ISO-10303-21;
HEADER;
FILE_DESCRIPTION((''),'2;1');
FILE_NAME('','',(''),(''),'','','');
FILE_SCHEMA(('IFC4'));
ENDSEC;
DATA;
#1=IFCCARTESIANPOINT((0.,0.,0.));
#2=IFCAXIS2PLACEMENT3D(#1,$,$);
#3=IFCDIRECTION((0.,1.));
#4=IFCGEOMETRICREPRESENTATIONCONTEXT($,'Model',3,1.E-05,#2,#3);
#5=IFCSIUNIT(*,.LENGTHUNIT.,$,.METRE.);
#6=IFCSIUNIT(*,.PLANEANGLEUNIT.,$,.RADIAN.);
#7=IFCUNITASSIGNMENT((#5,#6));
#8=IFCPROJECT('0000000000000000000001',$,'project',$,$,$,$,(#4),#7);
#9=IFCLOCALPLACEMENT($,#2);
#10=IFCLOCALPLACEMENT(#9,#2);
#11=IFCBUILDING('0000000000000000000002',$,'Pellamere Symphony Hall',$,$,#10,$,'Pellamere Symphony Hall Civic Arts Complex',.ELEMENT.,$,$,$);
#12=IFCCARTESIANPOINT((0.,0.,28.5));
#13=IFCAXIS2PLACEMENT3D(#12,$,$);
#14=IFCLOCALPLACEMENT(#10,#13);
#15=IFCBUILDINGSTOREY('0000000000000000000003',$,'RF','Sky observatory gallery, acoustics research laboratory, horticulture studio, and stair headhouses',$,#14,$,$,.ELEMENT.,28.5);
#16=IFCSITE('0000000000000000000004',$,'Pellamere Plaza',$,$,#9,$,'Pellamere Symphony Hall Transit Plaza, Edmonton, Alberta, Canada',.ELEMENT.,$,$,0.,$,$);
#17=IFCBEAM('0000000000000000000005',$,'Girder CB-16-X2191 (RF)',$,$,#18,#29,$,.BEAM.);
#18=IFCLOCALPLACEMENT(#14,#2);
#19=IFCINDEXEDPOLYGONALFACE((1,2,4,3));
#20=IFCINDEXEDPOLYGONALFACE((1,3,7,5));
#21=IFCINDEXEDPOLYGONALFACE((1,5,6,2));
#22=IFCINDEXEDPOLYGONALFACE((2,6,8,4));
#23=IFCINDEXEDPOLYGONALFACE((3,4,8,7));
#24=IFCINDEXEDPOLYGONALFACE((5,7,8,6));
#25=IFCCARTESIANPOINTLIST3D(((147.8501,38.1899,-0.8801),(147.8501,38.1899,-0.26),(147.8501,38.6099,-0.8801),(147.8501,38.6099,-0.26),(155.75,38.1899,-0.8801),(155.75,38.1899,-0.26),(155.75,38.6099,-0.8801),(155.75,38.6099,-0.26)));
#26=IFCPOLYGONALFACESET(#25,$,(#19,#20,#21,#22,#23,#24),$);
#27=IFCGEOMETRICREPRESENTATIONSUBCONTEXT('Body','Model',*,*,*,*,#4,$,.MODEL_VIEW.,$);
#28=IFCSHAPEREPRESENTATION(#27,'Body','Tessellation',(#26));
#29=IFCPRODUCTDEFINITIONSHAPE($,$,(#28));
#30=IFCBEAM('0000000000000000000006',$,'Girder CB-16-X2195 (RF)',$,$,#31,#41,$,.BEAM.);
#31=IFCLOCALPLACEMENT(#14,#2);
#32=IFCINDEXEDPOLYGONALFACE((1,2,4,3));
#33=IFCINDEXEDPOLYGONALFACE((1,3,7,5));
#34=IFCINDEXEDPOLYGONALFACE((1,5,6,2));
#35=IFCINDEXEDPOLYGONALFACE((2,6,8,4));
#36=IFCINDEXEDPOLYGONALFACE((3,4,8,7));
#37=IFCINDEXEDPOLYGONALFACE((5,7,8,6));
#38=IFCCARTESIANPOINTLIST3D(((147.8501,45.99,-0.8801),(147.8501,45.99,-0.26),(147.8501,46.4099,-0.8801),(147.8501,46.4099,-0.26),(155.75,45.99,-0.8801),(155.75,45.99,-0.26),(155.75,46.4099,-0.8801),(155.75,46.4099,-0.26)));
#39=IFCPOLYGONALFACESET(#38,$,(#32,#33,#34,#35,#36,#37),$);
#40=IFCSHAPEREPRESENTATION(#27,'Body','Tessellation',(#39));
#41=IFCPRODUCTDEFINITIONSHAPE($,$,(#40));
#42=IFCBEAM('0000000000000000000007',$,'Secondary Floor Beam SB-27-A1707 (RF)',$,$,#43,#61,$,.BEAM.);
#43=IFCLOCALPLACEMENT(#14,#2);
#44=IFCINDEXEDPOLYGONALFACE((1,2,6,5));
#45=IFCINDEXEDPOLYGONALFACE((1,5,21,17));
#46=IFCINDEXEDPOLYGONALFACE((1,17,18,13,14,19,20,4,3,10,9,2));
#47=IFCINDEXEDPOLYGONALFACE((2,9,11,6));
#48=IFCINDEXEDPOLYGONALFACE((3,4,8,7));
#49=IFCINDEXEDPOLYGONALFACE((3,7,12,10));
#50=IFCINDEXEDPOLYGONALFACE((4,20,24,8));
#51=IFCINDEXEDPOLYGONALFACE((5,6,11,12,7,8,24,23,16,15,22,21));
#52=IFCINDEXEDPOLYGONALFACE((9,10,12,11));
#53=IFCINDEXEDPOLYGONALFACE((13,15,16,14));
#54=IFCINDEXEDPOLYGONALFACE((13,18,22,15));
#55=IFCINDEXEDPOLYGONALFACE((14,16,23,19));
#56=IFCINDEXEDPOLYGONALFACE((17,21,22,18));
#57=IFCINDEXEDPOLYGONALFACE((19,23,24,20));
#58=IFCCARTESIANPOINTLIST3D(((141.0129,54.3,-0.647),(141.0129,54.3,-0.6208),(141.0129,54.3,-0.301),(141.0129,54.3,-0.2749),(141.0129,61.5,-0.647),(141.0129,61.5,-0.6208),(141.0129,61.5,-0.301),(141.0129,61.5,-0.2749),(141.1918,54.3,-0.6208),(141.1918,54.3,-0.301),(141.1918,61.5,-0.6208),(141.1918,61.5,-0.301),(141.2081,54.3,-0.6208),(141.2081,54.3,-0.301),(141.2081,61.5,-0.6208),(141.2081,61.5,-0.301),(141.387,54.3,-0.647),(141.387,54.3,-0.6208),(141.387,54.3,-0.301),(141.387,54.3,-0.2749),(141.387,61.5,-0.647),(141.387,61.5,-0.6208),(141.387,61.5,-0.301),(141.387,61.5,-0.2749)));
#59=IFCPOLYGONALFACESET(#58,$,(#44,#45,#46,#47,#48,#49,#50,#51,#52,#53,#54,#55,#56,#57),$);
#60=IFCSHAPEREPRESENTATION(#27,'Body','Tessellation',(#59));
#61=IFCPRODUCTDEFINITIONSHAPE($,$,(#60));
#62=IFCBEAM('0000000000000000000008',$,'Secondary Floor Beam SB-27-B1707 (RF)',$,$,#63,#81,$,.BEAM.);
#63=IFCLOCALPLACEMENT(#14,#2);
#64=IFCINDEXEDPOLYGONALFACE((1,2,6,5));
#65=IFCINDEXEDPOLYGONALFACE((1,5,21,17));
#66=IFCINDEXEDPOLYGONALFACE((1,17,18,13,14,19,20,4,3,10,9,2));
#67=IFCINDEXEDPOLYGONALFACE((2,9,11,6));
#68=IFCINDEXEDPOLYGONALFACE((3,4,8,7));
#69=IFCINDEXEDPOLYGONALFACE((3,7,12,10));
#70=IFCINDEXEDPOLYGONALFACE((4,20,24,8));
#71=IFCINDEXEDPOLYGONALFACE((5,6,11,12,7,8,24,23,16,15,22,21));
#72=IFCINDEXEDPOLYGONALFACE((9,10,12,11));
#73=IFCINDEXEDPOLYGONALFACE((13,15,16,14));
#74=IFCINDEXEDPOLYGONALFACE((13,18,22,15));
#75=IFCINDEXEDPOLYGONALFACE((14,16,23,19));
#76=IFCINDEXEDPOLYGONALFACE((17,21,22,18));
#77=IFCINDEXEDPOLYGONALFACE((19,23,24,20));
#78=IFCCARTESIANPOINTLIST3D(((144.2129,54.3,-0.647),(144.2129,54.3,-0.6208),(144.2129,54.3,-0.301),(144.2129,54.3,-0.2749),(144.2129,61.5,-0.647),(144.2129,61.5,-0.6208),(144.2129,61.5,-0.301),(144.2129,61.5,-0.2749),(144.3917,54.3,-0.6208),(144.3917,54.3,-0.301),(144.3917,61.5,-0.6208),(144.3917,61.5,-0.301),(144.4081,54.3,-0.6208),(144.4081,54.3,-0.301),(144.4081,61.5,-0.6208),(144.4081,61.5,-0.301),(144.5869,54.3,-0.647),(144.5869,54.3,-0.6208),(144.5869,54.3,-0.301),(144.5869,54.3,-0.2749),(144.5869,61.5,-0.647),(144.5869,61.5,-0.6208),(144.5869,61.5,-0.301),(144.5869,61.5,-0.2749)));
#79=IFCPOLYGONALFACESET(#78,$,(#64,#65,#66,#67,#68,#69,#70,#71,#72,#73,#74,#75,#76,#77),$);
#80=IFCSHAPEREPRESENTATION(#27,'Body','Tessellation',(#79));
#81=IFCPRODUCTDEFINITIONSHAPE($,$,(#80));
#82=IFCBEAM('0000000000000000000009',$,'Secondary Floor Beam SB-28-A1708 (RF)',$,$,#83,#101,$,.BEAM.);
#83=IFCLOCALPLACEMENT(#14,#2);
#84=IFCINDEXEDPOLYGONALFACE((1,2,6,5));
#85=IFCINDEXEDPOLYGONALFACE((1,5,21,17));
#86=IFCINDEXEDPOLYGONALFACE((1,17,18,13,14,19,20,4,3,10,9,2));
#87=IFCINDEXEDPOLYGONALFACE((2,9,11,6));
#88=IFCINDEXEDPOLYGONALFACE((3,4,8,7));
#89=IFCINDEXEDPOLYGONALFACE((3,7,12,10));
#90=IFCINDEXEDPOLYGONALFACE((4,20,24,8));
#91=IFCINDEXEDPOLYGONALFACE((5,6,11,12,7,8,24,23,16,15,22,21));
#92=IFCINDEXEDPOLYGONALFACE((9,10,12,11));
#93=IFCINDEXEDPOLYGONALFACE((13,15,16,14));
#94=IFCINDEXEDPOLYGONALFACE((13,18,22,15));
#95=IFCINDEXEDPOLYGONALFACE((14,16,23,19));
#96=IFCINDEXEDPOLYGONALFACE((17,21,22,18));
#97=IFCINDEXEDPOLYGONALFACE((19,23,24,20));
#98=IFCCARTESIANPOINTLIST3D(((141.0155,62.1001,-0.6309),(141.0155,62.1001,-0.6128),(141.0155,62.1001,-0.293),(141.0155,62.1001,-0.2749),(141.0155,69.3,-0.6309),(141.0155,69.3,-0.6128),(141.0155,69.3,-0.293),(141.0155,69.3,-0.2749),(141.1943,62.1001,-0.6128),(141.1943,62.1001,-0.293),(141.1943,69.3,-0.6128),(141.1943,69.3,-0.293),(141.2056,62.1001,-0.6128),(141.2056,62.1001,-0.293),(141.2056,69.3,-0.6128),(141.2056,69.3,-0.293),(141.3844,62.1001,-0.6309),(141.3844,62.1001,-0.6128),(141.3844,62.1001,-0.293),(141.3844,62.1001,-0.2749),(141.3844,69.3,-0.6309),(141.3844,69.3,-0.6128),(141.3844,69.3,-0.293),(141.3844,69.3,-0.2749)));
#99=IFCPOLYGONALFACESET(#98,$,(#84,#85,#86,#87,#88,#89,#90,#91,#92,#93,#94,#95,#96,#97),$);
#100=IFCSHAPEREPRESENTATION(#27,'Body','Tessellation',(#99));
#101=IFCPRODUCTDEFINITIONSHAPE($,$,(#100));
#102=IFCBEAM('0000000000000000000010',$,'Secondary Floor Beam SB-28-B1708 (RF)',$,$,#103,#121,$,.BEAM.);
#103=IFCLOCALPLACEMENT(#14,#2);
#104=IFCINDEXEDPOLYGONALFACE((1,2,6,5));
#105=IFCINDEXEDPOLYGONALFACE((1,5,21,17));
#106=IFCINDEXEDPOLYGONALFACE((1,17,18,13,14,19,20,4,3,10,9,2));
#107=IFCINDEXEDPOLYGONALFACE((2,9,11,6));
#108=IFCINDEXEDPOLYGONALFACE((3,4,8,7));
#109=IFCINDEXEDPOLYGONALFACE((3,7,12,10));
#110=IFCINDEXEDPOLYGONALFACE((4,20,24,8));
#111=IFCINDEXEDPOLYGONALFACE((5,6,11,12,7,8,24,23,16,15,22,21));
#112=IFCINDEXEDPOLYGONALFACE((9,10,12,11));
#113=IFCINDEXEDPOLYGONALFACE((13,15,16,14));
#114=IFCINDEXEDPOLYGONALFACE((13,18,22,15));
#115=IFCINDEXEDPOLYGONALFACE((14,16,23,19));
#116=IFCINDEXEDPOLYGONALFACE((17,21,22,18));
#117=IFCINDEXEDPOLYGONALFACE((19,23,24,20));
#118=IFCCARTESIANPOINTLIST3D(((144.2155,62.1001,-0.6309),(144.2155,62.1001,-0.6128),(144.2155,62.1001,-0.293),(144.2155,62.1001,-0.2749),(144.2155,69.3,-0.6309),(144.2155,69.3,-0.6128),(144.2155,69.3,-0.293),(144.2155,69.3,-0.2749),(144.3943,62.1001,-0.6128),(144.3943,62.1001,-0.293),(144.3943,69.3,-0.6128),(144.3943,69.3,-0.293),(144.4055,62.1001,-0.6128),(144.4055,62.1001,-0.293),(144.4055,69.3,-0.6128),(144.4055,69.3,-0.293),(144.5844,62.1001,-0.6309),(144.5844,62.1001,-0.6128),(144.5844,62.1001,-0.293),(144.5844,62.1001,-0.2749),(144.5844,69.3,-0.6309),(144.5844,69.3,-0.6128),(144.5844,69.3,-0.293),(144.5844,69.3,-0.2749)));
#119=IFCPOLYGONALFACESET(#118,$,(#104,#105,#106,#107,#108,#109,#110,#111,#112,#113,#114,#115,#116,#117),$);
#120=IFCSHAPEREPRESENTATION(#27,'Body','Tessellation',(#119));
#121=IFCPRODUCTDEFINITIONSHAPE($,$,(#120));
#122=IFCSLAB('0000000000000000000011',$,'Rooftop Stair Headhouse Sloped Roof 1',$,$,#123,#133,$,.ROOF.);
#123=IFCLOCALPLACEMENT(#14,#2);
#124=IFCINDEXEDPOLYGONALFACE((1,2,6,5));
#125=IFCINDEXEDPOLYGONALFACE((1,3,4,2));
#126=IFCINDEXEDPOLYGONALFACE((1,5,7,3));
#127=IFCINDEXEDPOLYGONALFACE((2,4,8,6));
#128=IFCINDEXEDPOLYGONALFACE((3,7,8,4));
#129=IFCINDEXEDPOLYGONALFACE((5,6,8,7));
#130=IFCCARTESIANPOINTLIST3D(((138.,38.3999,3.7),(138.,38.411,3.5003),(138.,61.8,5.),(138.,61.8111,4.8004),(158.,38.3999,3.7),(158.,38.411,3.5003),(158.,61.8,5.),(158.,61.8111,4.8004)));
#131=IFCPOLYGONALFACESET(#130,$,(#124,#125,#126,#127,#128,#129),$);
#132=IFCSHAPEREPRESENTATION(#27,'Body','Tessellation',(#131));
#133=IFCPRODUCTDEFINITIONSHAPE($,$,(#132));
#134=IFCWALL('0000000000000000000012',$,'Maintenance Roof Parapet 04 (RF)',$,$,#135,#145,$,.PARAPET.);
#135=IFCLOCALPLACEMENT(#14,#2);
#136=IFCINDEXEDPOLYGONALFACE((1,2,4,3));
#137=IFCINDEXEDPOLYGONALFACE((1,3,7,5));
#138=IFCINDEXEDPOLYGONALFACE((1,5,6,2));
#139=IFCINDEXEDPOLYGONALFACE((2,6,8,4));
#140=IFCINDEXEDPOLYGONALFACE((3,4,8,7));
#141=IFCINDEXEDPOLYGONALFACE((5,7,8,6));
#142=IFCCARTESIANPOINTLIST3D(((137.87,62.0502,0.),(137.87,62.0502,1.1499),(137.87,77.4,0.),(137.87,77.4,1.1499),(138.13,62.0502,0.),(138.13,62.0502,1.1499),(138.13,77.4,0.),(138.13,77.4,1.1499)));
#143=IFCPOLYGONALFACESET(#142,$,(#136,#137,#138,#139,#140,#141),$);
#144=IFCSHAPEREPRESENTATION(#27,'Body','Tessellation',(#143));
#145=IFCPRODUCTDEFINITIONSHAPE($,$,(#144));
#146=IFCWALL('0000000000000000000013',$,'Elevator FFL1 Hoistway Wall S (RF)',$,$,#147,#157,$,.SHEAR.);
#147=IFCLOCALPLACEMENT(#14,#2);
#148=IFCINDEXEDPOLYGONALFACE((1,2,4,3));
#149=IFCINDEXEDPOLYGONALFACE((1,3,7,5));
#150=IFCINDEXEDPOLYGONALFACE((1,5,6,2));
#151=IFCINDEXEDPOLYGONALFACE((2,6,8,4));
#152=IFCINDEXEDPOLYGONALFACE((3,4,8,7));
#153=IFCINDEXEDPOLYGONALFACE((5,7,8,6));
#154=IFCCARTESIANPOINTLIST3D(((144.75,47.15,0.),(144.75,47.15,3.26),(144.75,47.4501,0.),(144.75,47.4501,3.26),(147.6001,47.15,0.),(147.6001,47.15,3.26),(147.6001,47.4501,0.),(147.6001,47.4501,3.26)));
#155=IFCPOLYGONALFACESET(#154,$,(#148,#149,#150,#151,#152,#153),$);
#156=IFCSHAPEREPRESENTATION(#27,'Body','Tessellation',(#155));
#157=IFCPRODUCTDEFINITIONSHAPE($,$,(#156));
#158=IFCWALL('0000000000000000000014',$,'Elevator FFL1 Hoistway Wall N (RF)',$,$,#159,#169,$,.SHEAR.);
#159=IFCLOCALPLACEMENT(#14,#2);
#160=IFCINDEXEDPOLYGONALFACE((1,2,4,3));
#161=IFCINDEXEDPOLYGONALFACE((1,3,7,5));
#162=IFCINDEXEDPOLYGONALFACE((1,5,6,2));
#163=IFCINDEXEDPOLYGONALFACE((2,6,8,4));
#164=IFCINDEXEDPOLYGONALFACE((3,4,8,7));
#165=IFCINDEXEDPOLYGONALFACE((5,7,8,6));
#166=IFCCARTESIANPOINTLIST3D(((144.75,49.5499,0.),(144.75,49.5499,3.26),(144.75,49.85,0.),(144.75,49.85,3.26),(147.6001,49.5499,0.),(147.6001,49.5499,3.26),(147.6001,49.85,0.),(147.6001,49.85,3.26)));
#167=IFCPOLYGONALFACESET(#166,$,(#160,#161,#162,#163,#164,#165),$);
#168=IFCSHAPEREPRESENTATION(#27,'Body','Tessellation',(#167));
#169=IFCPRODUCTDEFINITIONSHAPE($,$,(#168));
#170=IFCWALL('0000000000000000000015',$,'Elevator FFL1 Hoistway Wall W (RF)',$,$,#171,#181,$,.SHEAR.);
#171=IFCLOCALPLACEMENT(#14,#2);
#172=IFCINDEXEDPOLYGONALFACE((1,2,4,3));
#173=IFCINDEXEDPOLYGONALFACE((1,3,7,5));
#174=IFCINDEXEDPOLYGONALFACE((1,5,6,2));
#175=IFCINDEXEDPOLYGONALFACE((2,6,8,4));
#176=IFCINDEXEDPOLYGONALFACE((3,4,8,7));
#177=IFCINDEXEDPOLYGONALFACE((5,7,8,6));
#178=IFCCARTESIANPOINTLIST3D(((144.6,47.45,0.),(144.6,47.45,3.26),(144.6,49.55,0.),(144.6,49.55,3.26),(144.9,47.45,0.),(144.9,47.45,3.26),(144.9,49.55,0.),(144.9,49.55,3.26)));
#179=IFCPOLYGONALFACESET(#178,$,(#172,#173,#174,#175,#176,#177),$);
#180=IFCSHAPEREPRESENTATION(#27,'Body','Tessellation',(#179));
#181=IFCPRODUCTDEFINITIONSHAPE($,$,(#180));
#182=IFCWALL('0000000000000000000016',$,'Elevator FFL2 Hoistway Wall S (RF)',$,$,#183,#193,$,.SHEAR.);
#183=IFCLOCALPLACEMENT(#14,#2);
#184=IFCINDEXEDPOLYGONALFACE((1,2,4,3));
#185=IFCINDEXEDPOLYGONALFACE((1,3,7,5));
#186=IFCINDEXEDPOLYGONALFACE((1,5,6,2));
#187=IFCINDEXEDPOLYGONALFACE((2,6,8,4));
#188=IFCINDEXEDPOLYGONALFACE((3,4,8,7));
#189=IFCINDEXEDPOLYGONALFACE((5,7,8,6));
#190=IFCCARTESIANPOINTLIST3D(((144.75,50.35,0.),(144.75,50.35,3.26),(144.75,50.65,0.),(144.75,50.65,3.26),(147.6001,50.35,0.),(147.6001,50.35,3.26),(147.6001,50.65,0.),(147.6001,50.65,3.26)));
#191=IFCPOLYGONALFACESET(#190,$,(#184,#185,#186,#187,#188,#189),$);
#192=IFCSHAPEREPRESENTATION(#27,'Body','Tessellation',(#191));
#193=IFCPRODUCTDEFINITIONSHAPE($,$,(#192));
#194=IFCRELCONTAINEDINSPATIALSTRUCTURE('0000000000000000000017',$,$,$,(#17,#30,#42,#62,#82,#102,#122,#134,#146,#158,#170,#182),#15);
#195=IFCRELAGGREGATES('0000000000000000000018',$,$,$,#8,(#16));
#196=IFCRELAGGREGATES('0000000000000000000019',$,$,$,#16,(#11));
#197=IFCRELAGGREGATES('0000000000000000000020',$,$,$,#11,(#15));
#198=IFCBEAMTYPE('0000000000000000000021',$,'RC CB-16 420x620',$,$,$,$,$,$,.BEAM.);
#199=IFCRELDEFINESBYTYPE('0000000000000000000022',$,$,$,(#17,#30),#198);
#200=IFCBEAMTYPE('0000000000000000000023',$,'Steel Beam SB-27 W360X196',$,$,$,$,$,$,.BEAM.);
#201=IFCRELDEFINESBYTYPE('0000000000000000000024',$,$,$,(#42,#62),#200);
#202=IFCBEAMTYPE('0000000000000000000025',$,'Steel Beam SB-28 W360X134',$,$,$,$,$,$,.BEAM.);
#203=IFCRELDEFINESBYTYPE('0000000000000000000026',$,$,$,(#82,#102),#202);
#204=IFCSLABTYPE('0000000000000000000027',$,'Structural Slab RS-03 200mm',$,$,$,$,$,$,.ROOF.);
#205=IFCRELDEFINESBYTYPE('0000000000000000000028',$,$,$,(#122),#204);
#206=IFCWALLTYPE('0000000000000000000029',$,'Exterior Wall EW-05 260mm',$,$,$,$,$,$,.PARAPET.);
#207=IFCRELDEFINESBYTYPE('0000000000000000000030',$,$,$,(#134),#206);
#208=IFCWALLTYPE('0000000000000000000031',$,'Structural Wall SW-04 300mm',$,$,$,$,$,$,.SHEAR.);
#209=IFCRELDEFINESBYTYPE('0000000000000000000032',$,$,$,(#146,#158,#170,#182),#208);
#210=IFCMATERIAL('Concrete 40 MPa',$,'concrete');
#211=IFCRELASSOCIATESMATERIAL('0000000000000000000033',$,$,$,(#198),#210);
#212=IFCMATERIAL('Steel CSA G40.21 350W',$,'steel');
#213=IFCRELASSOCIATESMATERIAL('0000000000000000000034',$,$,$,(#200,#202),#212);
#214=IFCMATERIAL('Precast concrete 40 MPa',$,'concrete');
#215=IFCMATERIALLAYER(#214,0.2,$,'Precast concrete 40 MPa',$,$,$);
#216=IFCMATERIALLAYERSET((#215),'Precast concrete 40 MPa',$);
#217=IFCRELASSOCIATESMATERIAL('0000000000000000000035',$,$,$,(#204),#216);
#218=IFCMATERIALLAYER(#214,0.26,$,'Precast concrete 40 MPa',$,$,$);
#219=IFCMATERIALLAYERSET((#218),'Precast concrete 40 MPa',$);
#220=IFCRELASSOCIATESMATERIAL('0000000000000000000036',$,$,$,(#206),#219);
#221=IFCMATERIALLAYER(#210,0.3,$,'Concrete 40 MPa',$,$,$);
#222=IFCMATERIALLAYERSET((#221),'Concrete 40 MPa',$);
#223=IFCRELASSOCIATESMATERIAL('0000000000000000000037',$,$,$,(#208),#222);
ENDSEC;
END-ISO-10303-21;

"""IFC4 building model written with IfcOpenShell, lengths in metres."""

from ifc_helpers import new_model, si_unit, direction, frame, frame_2d, origin, origin_2d, place, context, subcontext, project, spatial, polyline, rectangle, i_section, outline, extrude, material, layer, layer_set, material_profile, profile_set, type_object, element, save


model = new_model("IFC4")

# Units and contexts
model_context = context("Model", 3, precision=1e-05, world=origin(), true_north=direction((0.0, 1.0)))
body_context = subcontext(model_context, "Body", "Model", "MODEL_VIEW")
ifc_project = project(units=[si_unit("LENGTHUNIT", "METRE"), si_unit("PLANEANGLEUNIT", "RADIAN")], contexts=[model_context])

# Site, building, storey
site_placement = place(None, origin())
site = spatial("IfcSite", under=ifc_project, at=site_placement, Name="Pellamere Plaza", LongName="Pellamere Symphony Hall Transit Plaza, Edmonton, Alberta, Canada", CompositionType="ELEMENT", RefElevation=0.0)
building_placement = place(site_placement, origin())
building = spatial("IfcBuilding", under=site, at=building_placement, Name="Pellamere Symphony Hall", LongName="Pellamere Symphony Hall Civic Arts Complex", CompositionType="ELEMENT")
storey_placement = place(building_placement, frame((0.0, 0.0, 28.5)))
storey = spatial("IfcBuildingStorey", under=building, at=storey_placement, Name="RF", Description="Sky observatory gallery, acoustics research laboratory, horticulture studio, and stair headhouses", CompositionType="ELEMENT", Elevation=28.5)

# Beams
ifc_material_1 = material(Name="Concrete 40 MPa", Category="concrete")
ifc_material_profile_1 = material_profile(ifc_material_1, rectangle(XDim=0.4199, YDim=0.6201, at=origin_2d()), Name="RC 420x620")
ifc_profile_set_1 = profile_set([ifc_material_profile_1], Name="Concrete 40 MPa")
beam_type_1 = type_object("IfcBeamType", Name="RC CB-16 420x620", PredefinedType="BEAM", material=ifc_profile_set_1)
for number, where, z_axis, x_axis, name in (
    (1, (147.8501, 38.3999, -0.5701), (1.0, 0.0, 0.0), (0.0, 1.0, 0.0), "Girder CB-16-X2191 (RF)"),
    (2, (147.8501, 46.2, -0.5701), (1.0, 0.0, 0.0), (0.0, 1.0, 0.0), "Girder CB-16-X2195 (RF)"),
):
    element("IfcBeam", number, at=place(storey_placement, frame(where, z_axis=z_axis, x_axis=x_axis)), inside=storey, type_object=beam_type_1, Name=name, PredefinedType="BEAM", context=body_context, shape_type="SweptSolid", body=[
        extrude(rectangle(XDim=0.4199, YDim=0.6201, at=origin_2d()), origin(), (0.0, 0.0, 1.0), 7.8999),
    ])
ifc_material_2 = material(Name="Steel CSA G40.21 350W", Category="steel")
ifc_material_profile_2 = material_profile(ifc_material_2, i_section(OverallWidth=0.374, OverallDepth=0.3721, WebThickness=0.0164, FlangeThickness=0.0261, at=origin_2d()), Name="W360X196")
ifc_profile_set_2 = profile_set([ifc_material_profile_2], Name="Steel CSA G40.21 350W")
beam_type_2 = type_object("IfcBeamType", Name="Steel Beam SB-27 W360X196", PredefinedType="BEAM", material=ifc_profile_set_2)
for number, where, z_axis, x_axis, name in (
    (3, (141.2, 54.3, -0.4609), (0.0, 1.0, 0.0), (-1.0, 0.0, 0.0), "Secondary Floor Beam SB-27-A1707 (RF)"),
    (4, (144.3999, 54.3, -0.4609), (0.0, 1.0, 0.0), (-1.0, 0.0, 0.0), "Secondary Floor Beam SB-27-B1707 (RF)"),
):
    element("IfcBeam", number, at=place(storey_placement, frame(where, z_axis=z_axis, x_axis=x_axis)), inside=storey, type_object=beam_type_2, Name=name, PredefinedType="BEAM", context=body_context, shape_type="SweptSolid", body=[
        extrude(i_section(OverallWidth=0.374, OverallDepth=0.3721, WebThickness=0.0164, FlangeThickness=0.0261, at=origin_2d()), origin(), (0.0, 0.0, 1.0), 7.2),
    ])
ifc_material_profile_3 = material_profile(ifc_material_2, i_section(OverallWidth=0.3689, OverallDepth=0.356, WebThickness=0.0112, FlangeThickness=0.0181, at=origin_2d()), Name="W360X134")
ifc_profile_set_3 = profile_set([ifc_material_profile_3], Name="Steel CSA G40.21 350W")
beam_type_3 = type_object("IfcBeamType", Name="Steel Beam SB-28 W360X134", PredefinedType="BEAM", material=ifc_profile_set_3)
for number, where, z_axis, x_axis, name in (
    (5, (141.2, 62.1001, -0.4529), (0.0, 1.0, 0.0), (-1.0, 0.0, 0.0), "Secondary Floor Beam SB-28-A1708 (RF)"),
    (6, (144.3999, 62.1001, -0.4529), (0.0, 1.0, 0.0), (-1.0, 0.0, 0.0), "Secondary Floor Beam SB-28-B1708 (RF)"),
):
    element("IfcBeam", number, at=place(storey_placement, frame(where, z_axis=z_axis, x_axis=x_axis)), inside=storey, type_object=beam_type_3, Name=name, PredefinedType="BEAM", context=body_context, shape_type="SweptSolid", body=[
        extrude(i_section(OverallWidth=0.3689, OverallDepth=0.356, WebThickness=0.0112, FlangeThickness=0.0181, at=origin_2d()), origin(), (0.0, 0.0, 1.0), 7.2),
    ])

# Slab
ifc_material_3 = material(Name="Precast concrete 40 MPa", Category="concrete")
ifc_layer_1 = layer(ifc_material_3, 0.2, Name="Precast concrete 40 MPa")
ifc_layer_set_1 = layer_set([ifc_layer_1], Name="Precast concrete 40 MPa")
slab_type = type_object("IfcSlabType", Name="Structural Slab RS-03 200mm", PredefinedType="ROOF", material=ifc_layer_set_1)
slab_placement = place(storey_placement, frame((138.0, 38.3999, 3.7), z_axis=(0.0, -0.055472, 0.99846), x_axis=(1.0, 0.0, 0.0)))
element("IfcSlab", 7, at=slab_placement, inside=storey, type_object=slab_type, Name="Rooftop Stair Headhouse Sloped Roof 1", PredefinedType="ROOF", context=body_context, shape_type="SweptSolid", body=[
    extrude(outline(polyline([(0.0, 0.0), (20.0, 0.0), (20.0, 23.4362), (0.0, 23.4362), (0.0, 0.0)])), origin(), (0.0, 0.0, -1.0), 0.2),
])

# Walls
ifc_layer_2 = layer(ifc_material_3, 0.26, Name="Precast concrete 40 MPa")
ifc_layer_set_2 = layer_set([ifc_layer_2], Name="Precast concrete 40 MPa")
wall_type_1 = type_object("IfcWallType", Name="Exterior Wall EW-05 260mm", PredefinedType="PARAPET", material=ifc_layer_set_2)
wall_1_placement = place(storey_placement, frame((138.0, 77.3999, 0.0), z_axis=(0.0, 0.0, 1.0), x_axis=(0.0, -1.0, 0.0)))
element("IfcWall", 8, at=wall_1_placement, inside=storey, type_object=wall_type_1, Name="Maintenance Roof Parapet 04 (RF)", PredefinedType="PARAPET", context=body_context, shape_type="SweptSolid", body=[
    extrude(rectangle(XDim=15.3499, YDim=0.26, at=frame_2d((7.6748, 0.0))), origin(), (0.0, 0.0, 1.0), 1.1499),
])
ifc_layer_3 = layer(ifc_material_1, 0.3, Name="Concrete 40 MPa")
ifc_layer_set_3 = layer_set([ifc_layer_3], Name="Concrete 40 MPa")
wall_type_2 = type_object("IfcWallType", Name="Structural Wall SW-04 300mm", PredefinedType="SHEAR", material=ifc_layer_set_3)
for number, where, z_axis, x_axis, name in (
    (9, (144.75, 47.3, 0.0), (0.0, 0.0, 1.0), (1.0, 0.0, 0.0), "Elevator FFL1 Hoistway Wall S (RF)"),
    (10, (144.75, 49.7, 0.0), (0.0, 0.0, 1.0), (1.0, 0.0, 0.0), "Elevator FFL1 Hoistway Wall N (RF)"),
):
    element("IfcWall", number, at=place(storey_placement, frame(where, z_axis=z_axis, x_axis=x_axis)), inside=storey, type_object=wall_type_2, Name=name, PredefinedType="SHEAR", context=body_context, shape_type="SweptSolid", body=[
        extrude(rectangle(XDim=2.8501, YDim=0.3, at=frame_2d((1.425, 0.0))), origin(), (0.0, 0.0, 1.0), 3.26),
    ])
wall_2_placement = place(storey_placement, frame((144.75, 47.45, 0.0), z_axis=(0.0, 0.0, 1.0), x_axis=(0.0, 1.0, 0.0)))
element("IfcWall", 11, at=wall_2_placement, inside=storey, type_object=wall_type_2, Name="Elevator FFL1 Hoistway Wall W (RF)", PredefinedType="SHEAR", context=body_context, shape_type="SweptSolid", body=[
    extrude(rectangle(XDim=2.1001, YDim=0.3, at=frame_2d((1.05, 0.0))), origin(), (0.0, 0.0, 1.0), 3.26),
])
for number, where, z_axis, x_axis, name in (
    (12, (144.75, 50.5, 0.0), (0.0, 0.0, 1.0), (1.0, 0.0, 0.0), "Elevator FFL2 Hoistway Wall S (RF)"),
):
    element("IfcWall", number, at=place(storey_placement, frame(where, z_axis=z_axis, x_axis=x_axis)), inside=storey, type_object=wall_type_2, Name=name, PredefinedType="SHEAR", context=body_context, shape_type="SweptSolid", body=[
        extrude(rectangle(XDim=2.8501, YDim=0.3, at=frame_2d((1.425, 0.0))), origin(), (0.0, 0.0, 1.0), 3.26),
    ])

save(model, "model.ifc")
